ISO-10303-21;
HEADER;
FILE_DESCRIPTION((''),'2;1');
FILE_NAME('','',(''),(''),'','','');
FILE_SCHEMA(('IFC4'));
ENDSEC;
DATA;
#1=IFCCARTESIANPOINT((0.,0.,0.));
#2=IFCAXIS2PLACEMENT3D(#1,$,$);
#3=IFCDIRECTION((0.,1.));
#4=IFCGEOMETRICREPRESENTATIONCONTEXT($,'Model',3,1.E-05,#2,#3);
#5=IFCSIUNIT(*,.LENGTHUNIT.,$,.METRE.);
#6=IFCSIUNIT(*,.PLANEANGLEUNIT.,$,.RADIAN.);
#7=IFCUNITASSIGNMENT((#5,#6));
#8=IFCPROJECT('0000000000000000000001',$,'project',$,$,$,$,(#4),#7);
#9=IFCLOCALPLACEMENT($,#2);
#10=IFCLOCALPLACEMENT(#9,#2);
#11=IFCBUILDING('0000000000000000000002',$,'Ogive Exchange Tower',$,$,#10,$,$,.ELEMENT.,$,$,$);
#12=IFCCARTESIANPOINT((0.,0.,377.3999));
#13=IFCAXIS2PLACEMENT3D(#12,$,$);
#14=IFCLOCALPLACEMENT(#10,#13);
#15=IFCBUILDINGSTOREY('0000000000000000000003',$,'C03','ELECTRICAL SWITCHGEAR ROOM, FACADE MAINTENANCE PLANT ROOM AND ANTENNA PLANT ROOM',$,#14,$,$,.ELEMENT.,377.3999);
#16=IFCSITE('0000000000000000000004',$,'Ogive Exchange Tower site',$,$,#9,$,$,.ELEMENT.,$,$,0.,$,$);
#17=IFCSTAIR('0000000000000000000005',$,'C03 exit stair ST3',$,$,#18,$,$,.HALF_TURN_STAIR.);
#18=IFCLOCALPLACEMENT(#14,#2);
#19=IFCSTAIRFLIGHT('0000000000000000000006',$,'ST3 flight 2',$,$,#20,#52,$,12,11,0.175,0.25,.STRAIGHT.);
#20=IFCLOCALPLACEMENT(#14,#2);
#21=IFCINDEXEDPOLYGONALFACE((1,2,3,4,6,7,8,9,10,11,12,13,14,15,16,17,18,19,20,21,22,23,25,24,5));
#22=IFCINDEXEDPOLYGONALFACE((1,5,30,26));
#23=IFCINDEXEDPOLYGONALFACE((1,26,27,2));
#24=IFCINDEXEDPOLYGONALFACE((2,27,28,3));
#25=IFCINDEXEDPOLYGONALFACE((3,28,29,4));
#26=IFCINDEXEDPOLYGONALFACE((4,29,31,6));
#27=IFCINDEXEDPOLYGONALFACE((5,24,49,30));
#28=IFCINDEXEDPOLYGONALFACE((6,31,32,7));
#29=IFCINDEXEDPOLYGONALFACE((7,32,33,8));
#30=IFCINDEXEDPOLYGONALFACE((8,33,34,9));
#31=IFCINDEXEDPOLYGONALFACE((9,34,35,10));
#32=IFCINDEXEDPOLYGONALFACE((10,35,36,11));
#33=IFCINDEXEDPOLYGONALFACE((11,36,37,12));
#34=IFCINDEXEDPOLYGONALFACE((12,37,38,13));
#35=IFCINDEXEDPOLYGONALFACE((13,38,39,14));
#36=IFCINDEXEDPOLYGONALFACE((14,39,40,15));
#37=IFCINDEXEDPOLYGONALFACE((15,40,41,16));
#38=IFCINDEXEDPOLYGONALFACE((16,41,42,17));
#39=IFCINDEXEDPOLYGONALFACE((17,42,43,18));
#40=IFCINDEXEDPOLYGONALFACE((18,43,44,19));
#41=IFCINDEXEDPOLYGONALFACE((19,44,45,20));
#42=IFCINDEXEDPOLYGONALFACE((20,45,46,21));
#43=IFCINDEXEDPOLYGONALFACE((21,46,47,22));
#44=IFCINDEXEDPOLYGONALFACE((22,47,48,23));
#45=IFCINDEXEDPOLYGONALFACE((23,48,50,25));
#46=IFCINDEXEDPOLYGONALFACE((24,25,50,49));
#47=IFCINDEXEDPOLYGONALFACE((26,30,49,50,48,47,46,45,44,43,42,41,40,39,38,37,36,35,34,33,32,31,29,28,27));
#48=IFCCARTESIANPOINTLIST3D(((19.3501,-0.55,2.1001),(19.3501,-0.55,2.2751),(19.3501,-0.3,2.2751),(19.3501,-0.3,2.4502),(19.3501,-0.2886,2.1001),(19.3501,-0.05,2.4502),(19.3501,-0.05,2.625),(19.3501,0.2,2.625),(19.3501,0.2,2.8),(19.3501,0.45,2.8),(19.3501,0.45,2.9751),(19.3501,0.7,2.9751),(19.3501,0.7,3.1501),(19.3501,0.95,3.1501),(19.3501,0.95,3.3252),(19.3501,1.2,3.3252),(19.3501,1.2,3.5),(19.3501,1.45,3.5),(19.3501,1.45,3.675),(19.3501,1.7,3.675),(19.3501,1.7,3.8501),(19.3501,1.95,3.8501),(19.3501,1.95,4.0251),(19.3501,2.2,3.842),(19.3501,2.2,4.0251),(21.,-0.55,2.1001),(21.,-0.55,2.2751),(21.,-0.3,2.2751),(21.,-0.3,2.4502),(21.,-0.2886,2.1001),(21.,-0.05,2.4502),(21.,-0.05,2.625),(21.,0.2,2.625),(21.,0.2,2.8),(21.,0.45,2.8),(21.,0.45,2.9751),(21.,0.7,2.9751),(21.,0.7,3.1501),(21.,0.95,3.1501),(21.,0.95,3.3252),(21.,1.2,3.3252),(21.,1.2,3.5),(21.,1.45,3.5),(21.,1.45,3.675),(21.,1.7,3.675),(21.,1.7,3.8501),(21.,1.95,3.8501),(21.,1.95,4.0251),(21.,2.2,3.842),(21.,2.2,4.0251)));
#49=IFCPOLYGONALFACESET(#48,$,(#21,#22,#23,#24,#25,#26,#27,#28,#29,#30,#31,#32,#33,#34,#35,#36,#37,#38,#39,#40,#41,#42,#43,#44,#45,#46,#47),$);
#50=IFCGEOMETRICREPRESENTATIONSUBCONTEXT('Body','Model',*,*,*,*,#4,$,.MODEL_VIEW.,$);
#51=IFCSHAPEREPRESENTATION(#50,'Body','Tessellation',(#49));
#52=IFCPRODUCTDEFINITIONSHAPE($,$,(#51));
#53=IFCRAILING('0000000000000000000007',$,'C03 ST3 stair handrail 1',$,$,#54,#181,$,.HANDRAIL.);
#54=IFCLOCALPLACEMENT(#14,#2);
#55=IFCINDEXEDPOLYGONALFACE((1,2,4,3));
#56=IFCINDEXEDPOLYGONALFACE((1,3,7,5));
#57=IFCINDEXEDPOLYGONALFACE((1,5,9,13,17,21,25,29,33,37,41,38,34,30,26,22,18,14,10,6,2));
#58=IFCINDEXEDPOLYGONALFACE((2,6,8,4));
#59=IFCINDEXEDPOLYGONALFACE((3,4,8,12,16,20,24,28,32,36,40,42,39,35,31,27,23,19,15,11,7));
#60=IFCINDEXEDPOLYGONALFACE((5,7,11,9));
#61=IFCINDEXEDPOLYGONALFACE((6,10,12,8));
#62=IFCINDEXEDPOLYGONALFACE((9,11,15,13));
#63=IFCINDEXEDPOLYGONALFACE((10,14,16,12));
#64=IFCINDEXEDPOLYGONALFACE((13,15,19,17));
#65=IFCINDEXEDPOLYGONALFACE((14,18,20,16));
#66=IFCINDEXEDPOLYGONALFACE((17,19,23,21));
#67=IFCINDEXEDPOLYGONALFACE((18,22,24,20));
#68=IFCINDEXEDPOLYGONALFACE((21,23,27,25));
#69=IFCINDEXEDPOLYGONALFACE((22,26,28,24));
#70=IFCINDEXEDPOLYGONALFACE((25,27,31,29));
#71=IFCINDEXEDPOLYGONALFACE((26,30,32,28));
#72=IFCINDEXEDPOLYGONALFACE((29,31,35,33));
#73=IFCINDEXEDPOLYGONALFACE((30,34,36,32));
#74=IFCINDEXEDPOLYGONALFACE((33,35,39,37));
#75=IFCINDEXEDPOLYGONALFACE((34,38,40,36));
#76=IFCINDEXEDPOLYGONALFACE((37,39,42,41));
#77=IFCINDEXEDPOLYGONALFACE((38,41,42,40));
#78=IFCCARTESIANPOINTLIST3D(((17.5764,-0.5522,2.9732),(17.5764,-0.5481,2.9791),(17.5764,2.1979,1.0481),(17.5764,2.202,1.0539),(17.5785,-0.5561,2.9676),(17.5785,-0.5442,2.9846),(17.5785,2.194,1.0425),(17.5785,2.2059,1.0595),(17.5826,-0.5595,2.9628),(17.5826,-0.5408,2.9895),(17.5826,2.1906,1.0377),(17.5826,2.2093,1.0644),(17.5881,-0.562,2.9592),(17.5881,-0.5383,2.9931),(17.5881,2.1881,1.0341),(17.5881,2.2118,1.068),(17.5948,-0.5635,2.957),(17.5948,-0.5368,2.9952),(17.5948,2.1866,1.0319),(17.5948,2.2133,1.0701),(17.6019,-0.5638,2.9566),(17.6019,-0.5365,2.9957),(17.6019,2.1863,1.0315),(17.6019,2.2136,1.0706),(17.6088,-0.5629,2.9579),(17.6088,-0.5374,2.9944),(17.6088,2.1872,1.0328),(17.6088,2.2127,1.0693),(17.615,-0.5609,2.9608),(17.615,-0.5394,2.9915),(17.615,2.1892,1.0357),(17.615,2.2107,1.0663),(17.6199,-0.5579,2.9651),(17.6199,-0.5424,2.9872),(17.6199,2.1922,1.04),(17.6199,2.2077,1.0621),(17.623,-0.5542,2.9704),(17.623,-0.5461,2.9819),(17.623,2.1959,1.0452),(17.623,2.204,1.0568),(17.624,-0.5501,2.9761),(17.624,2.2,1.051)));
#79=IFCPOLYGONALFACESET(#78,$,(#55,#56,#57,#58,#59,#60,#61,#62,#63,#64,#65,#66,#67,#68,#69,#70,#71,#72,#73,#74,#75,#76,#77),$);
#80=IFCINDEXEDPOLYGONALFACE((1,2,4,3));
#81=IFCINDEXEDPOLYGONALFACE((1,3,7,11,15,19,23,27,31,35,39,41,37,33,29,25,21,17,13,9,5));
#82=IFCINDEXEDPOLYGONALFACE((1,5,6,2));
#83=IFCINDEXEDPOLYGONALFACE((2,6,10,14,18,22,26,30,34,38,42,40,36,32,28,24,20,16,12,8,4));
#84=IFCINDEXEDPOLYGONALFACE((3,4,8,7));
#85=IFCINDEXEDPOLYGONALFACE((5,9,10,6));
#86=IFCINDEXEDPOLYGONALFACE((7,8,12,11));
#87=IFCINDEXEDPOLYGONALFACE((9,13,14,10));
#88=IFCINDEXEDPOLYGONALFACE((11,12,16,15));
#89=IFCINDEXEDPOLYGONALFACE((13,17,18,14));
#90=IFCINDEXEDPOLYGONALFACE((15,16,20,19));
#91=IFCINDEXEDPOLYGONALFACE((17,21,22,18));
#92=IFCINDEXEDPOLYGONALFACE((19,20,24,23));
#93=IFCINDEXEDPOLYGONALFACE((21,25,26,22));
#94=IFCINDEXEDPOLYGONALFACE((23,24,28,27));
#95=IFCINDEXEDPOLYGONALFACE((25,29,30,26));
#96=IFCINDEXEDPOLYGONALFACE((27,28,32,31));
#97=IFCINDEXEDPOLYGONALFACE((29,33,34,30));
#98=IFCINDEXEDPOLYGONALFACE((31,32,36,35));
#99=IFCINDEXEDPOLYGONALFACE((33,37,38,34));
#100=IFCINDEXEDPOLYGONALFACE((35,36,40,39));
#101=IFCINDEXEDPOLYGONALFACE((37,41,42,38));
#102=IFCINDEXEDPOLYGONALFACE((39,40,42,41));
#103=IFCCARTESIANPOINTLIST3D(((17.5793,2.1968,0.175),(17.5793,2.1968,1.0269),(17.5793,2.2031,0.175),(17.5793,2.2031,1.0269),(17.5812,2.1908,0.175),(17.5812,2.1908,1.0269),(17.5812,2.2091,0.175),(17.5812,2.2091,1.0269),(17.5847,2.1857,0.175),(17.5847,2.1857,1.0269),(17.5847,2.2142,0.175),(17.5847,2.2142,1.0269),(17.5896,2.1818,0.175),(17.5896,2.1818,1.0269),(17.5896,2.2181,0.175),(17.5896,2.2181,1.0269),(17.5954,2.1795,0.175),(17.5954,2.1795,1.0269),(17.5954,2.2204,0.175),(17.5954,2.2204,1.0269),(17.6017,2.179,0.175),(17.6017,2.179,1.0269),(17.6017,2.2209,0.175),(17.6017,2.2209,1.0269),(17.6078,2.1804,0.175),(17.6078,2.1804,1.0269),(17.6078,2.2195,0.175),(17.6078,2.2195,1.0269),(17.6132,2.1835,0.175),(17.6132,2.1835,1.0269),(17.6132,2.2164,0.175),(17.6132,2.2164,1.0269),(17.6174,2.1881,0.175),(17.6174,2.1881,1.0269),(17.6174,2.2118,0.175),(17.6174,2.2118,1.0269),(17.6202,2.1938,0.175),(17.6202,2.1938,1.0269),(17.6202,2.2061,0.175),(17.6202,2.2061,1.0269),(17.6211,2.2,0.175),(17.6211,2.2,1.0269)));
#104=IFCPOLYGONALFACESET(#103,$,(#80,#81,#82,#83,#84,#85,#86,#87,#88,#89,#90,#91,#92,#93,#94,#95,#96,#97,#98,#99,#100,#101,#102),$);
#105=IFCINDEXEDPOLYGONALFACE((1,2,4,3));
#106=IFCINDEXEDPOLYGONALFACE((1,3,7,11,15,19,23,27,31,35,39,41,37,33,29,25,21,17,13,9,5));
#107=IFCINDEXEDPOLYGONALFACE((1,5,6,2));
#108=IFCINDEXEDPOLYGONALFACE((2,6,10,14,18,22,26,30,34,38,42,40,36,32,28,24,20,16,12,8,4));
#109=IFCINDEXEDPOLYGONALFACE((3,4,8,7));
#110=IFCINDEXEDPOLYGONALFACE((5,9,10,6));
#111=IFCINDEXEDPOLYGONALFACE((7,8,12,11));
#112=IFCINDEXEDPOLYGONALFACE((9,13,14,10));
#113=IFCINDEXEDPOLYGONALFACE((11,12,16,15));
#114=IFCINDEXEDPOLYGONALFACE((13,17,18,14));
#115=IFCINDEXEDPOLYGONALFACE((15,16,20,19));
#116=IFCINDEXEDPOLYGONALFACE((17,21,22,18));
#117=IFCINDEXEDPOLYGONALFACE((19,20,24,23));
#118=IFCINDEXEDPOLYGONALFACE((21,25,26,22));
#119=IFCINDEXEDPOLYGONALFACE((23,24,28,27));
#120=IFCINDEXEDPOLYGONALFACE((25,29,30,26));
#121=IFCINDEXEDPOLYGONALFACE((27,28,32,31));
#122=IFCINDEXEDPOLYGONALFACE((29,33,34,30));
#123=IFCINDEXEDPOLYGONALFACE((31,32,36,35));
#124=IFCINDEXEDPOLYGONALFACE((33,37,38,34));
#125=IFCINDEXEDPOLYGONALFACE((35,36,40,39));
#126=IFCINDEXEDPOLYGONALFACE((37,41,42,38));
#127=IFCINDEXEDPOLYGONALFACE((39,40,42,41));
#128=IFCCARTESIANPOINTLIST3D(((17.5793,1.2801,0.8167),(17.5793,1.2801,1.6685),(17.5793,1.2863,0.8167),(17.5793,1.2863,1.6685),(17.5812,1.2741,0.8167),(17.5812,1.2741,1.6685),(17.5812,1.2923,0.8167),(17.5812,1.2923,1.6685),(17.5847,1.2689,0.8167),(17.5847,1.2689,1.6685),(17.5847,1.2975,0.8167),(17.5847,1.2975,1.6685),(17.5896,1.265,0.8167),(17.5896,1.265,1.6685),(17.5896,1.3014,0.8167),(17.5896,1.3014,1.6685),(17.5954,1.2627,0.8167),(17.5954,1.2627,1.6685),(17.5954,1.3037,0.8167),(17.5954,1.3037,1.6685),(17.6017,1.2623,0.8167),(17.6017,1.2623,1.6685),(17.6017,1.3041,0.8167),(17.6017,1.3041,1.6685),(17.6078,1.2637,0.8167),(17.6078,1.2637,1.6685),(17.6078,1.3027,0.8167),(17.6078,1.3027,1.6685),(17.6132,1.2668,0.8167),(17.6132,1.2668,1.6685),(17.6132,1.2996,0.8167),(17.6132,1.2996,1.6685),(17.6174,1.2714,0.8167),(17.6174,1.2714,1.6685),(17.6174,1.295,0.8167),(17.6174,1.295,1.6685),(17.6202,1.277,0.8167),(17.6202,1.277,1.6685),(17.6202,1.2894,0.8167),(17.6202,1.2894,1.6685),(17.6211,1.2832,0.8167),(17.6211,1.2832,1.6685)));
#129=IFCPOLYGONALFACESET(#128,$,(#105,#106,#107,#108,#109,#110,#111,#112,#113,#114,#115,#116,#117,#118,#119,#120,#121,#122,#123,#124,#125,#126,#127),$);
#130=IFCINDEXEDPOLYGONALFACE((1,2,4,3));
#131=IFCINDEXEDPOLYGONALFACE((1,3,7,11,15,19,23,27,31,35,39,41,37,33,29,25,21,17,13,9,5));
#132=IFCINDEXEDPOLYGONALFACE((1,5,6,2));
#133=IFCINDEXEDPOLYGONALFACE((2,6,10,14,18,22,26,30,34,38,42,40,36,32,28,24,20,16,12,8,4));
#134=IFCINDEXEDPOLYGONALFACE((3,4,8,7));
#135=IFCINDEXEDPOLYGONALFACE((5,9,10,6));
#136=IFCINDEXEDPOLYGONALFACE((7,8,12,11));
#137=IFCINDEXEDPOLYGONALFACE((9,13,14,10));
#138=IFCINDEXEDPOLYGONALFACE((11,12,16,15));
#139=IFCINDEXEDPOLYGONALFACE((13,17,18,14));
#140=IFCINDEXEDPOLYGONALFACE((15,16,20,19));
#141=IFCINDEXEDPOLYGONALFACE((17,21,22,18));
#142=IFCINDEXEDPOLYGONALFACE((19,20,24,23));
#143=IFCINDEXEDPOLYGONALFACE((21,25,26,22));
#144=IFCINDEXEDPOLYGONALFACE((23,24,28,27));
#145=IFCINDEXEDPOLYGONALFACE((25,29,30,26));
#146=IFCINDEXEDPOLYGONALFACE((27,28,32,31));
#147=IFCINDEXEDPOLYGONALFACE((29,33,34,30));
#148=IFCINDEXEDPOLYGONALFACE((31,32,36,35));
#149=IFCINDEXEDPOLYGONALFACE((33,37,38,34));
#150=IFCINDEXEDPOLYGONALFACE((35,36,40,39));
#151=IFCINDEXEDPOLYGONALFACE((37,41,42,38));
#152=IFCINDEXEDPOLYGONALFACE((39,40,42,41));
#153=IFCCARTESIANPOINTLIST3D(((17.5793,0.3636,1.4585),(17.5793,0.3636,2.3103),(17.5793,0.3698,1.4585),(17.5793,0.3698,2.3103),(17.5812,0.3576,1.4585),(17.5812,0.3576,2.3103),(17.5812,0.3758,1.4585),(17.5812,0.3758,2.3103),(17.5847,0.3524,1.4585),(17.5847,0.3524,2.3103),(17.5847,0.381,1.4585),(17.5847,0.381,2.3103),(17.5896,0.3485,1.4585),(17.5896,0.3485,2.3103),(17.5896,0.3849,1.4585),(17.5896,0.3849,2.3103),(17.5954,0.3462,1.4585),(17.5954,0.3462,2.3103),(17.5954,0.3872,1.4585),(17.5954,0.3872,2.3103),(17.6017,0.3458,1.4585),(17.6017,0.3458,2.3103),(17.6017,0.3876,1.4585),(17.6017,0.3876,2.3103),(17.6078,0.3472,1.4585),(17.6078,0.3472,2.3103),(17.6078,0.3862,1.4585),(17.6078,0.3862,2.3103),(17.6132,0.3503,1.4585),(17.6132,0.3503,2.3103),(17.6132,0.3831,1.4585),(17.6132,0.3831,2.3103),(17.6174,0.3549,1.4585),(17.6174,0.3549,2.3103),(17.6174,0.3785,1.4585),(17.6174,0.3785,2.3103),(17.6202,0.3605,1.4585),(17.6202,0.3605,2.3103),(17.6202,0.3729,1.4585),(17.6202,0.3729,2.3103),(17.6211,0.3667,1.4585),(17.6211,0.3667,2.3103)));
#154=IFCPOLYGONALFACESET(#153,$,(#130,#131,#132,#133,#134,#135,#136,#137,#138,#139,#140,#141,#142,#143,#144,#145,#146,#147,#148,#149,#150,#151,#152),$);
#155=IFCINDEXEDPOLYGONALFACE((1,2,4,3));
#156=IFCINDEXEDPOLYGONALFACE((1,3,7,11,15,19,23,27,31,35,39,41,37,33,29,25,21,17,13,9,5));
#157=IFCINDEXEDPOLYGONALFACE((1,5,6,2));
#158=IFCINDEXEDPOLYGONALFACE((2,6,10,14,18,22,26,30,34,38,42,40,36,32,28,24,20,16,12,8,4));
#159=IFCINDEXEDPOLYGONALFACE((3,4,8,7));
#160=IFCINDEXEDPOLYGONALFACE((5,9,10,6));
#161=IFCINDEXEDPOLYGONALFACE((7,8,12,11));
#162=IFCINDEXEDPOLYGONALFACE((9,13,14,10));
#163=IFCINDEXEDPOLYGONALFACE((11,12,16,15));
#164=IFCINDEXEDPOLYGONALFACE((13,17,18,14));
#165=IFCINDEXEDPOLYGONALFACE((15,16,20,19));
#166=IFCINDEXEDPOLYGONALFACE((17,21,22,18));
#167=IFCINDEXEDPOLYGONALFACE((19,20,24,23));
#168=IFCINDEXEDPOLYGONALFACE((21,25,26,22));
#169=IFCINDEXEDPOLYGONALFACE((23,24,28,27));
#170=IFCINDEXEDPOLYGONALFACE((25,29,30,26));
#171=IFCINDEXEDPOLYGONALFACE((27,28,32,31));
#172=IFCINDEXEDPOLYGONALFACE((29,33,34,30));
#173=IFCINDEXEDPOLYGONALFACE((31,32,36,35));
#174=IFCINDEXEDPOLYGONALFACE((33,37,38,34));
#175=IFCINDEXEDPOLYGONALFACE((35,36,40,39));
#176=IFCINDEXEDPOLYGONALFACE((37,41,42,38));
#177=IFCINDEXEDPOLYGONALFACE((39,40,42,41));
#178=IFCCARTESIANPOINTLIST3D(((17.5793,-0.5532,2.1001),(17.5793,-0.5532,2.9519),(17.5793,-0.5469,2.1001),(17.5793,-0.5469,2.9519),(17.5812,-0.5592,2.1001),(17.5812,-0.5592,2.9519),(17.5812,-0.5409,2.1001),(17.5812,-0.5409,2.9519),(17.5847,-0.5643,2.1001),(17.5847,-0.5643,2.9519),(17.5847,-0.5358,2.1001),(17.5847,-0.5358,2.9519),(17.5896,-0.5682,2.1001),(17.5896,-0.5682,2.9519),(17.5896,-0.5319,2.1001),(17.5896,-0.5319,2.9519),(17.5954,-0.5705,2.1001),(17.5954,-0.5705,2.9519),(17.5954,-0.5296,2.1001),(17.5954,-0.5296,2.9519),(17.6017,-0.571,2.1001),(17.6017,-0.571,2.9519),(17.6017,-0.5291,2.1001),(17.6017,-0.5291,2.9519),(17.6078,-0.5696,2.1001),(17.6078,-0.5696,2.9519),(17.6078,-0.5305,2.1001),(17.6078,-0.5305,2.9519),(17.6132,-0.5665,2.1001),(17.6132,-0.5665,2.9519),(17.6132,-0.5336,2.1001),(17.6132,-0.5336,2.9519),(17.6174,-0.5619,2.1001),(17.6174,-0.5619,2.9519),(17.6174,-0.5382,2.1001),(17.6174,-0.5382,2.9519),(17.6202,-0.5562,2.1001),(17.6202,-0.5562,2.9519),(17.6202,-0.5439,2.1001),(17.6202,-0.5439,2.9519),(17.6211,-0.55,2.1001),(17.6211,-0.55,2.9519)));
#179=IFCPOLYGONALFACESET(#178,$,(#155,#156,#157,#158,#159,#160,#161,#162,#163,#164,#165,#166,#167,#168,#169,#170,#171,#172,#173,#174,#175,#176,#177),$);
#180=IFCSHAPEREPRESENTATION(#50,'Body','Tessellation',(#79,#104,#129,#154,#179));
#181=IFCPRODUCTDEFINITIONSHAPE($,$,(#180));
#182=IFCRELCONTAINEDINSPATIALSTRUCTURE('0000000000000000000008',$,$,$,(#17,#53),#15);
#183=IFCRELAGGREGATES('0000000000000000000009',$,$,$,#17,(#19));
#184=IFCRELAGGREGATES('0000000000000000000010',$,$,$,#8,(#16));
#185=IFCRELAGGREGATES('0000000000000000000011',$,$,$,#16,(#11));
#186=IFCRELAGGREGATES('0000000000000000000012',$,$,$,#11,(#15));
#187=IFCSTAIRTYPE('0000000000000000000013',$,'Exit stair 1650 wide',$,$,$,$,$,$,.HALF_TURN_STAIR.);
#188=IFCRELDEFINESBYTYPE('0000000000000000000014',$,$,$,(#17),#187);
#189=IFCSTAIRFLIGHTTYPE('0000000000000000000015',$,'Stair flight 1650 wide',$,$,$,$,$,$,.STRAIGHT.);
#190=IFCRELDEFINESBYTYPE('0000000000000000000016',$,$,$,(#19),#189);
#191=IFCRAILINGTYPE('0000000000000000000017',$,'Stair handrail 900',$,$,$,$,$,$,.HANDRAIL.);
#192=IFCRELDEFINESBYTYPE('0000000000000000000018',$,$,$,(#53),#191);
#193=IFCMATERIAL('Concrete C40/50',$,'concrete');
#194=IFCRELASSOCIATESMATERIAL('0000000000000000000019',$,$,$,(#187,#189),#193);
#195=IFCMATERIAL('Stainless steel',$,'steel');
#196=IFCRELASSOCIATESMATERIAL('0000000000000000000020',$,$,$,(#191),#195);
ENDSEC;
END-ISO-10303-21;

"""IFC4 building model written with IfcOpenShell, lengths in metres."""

from ifc_helpers import new_model, si_unit, direction, frame, origin, origin_2d, place, context, subcontext, project, spatial, polyline, circle, outline, extrude, material, type_object, element, aggregate, save


model = new_model("IFC4")

# Units and contexts
model_context = context("Model", 3, precision=1e-05, world=origin(), true_north=direction((0.0, 1.0)))
body_context = subcontext(model_context, "Body", "Model", "MODEL_VIEW")
ifc_project = project(units=[si_unit("LENGTHUNIT", "METRE"), si_unit("PLANEANGLEUNIT", "RADIAN")], contexts=[model_context])

# Site, building, storey
site_placement = place(None, origin())
site = spatial("IfcSite", under=ifc_project, at=site_placement, Name="Ogive Exchange Tower site", CompositionType="ELEMENT", RefElevation=0.0)
building_placement = place(site_placement, origin())
building = spatial("IfcBuilding", under=site, at=building_placement, Name="Ogive Exchange Tower", CompositionType="ELEMENT")
storey_placement = place(building_placement, frame((0.0, 0.0, 377.3999)))
storey = spatial("IfcBuildingStorey", under=building, at=storey_placement, Name="C03", Description="ELECTRICAL SWITCHGEAR ROOM, FACADE MAINTENANCE PLANT ROOM AND ANTENNA PLANT ROOM", CompositionType="ELEMENT", Elevation=377.3999)

# Shared definitions
ifc_material_1 = material(Name="Stainless steel", Category="steel")

# Stair, stair flight
ifc_material_2 = material(Name="Concrete C40/50", Category="concrete")
stair_type = type_object("IfcStairType", Name="Exit stair 1650 wide", PredefinedType="HALF_TURN_STAIR", material=ifc_material_2)
stair_placement = place(storey_placement, origin())
stair = element("IfcStair", 1, at=stair_placement, inside=storey, type_object=stair_type, Name="C03 exit stair ST3", PredefinedType="HALF_TURN_STAIR")
stair_flight_type = type_object("IfcStairFlightType", Name="Stair flight 1650 wide", PredefinedType="STRAIGHT", material=ifc_material_2)
stair_flight_1_placement = place(storey_placement, frame((20.175, -0.55, 2.1001), z_axis=(0.0, 0.0, 1.0), x_axis=(0.0, 1.0, 0.0)))
stair_flight_1 = element("IfcStairFlight", 2, at=stair_flight_1_placement, type_object=stair_flight_type, Name="ST3 flight 2", NumberOfRisers=12, NumberOfTreads=11, PredefinedType="STRAIGHT", RiserHeight=0.175, TreadLength=0.25, context=body_context, shape_type="SweptSolid", body=[
    extrude(outline(polyline([(0.0, 0.0), (0.0, 0.175), (0.25, 0.175), (0.25, 0.3501), (0.5, 0.3501), (0.5, 0.5249), (0.75, 0.5249), (0.75, 0.7), (1.0, 0.7), (1.0, 0.875), (1.25, 0.875), (1.25, 1.05), (1.5, 1.05), (1.5, 1.2251), (1.75, 1.2251), (1.75, 1.3999), (2.0, 1.3999), (2.0, 1.575), (2.25, 1.575), (2.25, 1.75), (2.5, 1.75), (2.5, 1.925), (2.75, 1.925), (2.75, 2.1001), (2.75, 1.7419), (0.2615, 0.0), (0.0, 0.0)])), frame((0.0, 0.825, 0.0), z_axis=(0.0, -1.0, 0.0), x_axis=(1.0, 0.0, 0.0)), (0.0, 0.0, 1.0), 1.6499),
])
aggregate(stair, [stair_flight_1])

# Railing
railing_type = type_object("IfcRailingType", Name="Stair handrail 900", PredefinedType="HANDRAIL", material=ifc_material_1)
railing_1_placement = place(storey_placement, frame((17.6001, 2.2, 0.175)))
element("IfcRailing", 3, at=railing_1_placement, inside=storey, type_object=railing_type, Name="C03 ST3 stair handrail 1", PredefinedType="HANDRAIL", context=body_context, shape_type="SweptSolid", body=[
    extrude(circle(Radius=0.0239, at=origin_2d()), frame((0.0, 0.0, 0.876), z_axis=(0.0, -0.819225, 0.573472), x_axis=(1.0, 0.0, 0.0)), (0.0, 0.0, 1.0), 3.3569),
    extrude(circle(Radius=0.021, at=origin_2d()), origin(), (0.0, 0.0, 1.0), 0.8518),
    extrude(circle(Radius=0.021, at=origin_2d()), frame((0.0, -0.9167, 0.6416)), (0.0, 0.0, 1.0), 0.8518),
    extrude(circle(Radius=0.021, at=origin_2d()), frame((0.0, -1.8333, 1.2834)), (0.0, 0.0, 1.0), 0.8518),
    extrude(circle(Radius=0.021, at=origin_2d()), frame((0.0, -2.75, 1.925)), (0.0, 0.0, 1.0), 0.8518),
])

save(model, "model.ifc")
